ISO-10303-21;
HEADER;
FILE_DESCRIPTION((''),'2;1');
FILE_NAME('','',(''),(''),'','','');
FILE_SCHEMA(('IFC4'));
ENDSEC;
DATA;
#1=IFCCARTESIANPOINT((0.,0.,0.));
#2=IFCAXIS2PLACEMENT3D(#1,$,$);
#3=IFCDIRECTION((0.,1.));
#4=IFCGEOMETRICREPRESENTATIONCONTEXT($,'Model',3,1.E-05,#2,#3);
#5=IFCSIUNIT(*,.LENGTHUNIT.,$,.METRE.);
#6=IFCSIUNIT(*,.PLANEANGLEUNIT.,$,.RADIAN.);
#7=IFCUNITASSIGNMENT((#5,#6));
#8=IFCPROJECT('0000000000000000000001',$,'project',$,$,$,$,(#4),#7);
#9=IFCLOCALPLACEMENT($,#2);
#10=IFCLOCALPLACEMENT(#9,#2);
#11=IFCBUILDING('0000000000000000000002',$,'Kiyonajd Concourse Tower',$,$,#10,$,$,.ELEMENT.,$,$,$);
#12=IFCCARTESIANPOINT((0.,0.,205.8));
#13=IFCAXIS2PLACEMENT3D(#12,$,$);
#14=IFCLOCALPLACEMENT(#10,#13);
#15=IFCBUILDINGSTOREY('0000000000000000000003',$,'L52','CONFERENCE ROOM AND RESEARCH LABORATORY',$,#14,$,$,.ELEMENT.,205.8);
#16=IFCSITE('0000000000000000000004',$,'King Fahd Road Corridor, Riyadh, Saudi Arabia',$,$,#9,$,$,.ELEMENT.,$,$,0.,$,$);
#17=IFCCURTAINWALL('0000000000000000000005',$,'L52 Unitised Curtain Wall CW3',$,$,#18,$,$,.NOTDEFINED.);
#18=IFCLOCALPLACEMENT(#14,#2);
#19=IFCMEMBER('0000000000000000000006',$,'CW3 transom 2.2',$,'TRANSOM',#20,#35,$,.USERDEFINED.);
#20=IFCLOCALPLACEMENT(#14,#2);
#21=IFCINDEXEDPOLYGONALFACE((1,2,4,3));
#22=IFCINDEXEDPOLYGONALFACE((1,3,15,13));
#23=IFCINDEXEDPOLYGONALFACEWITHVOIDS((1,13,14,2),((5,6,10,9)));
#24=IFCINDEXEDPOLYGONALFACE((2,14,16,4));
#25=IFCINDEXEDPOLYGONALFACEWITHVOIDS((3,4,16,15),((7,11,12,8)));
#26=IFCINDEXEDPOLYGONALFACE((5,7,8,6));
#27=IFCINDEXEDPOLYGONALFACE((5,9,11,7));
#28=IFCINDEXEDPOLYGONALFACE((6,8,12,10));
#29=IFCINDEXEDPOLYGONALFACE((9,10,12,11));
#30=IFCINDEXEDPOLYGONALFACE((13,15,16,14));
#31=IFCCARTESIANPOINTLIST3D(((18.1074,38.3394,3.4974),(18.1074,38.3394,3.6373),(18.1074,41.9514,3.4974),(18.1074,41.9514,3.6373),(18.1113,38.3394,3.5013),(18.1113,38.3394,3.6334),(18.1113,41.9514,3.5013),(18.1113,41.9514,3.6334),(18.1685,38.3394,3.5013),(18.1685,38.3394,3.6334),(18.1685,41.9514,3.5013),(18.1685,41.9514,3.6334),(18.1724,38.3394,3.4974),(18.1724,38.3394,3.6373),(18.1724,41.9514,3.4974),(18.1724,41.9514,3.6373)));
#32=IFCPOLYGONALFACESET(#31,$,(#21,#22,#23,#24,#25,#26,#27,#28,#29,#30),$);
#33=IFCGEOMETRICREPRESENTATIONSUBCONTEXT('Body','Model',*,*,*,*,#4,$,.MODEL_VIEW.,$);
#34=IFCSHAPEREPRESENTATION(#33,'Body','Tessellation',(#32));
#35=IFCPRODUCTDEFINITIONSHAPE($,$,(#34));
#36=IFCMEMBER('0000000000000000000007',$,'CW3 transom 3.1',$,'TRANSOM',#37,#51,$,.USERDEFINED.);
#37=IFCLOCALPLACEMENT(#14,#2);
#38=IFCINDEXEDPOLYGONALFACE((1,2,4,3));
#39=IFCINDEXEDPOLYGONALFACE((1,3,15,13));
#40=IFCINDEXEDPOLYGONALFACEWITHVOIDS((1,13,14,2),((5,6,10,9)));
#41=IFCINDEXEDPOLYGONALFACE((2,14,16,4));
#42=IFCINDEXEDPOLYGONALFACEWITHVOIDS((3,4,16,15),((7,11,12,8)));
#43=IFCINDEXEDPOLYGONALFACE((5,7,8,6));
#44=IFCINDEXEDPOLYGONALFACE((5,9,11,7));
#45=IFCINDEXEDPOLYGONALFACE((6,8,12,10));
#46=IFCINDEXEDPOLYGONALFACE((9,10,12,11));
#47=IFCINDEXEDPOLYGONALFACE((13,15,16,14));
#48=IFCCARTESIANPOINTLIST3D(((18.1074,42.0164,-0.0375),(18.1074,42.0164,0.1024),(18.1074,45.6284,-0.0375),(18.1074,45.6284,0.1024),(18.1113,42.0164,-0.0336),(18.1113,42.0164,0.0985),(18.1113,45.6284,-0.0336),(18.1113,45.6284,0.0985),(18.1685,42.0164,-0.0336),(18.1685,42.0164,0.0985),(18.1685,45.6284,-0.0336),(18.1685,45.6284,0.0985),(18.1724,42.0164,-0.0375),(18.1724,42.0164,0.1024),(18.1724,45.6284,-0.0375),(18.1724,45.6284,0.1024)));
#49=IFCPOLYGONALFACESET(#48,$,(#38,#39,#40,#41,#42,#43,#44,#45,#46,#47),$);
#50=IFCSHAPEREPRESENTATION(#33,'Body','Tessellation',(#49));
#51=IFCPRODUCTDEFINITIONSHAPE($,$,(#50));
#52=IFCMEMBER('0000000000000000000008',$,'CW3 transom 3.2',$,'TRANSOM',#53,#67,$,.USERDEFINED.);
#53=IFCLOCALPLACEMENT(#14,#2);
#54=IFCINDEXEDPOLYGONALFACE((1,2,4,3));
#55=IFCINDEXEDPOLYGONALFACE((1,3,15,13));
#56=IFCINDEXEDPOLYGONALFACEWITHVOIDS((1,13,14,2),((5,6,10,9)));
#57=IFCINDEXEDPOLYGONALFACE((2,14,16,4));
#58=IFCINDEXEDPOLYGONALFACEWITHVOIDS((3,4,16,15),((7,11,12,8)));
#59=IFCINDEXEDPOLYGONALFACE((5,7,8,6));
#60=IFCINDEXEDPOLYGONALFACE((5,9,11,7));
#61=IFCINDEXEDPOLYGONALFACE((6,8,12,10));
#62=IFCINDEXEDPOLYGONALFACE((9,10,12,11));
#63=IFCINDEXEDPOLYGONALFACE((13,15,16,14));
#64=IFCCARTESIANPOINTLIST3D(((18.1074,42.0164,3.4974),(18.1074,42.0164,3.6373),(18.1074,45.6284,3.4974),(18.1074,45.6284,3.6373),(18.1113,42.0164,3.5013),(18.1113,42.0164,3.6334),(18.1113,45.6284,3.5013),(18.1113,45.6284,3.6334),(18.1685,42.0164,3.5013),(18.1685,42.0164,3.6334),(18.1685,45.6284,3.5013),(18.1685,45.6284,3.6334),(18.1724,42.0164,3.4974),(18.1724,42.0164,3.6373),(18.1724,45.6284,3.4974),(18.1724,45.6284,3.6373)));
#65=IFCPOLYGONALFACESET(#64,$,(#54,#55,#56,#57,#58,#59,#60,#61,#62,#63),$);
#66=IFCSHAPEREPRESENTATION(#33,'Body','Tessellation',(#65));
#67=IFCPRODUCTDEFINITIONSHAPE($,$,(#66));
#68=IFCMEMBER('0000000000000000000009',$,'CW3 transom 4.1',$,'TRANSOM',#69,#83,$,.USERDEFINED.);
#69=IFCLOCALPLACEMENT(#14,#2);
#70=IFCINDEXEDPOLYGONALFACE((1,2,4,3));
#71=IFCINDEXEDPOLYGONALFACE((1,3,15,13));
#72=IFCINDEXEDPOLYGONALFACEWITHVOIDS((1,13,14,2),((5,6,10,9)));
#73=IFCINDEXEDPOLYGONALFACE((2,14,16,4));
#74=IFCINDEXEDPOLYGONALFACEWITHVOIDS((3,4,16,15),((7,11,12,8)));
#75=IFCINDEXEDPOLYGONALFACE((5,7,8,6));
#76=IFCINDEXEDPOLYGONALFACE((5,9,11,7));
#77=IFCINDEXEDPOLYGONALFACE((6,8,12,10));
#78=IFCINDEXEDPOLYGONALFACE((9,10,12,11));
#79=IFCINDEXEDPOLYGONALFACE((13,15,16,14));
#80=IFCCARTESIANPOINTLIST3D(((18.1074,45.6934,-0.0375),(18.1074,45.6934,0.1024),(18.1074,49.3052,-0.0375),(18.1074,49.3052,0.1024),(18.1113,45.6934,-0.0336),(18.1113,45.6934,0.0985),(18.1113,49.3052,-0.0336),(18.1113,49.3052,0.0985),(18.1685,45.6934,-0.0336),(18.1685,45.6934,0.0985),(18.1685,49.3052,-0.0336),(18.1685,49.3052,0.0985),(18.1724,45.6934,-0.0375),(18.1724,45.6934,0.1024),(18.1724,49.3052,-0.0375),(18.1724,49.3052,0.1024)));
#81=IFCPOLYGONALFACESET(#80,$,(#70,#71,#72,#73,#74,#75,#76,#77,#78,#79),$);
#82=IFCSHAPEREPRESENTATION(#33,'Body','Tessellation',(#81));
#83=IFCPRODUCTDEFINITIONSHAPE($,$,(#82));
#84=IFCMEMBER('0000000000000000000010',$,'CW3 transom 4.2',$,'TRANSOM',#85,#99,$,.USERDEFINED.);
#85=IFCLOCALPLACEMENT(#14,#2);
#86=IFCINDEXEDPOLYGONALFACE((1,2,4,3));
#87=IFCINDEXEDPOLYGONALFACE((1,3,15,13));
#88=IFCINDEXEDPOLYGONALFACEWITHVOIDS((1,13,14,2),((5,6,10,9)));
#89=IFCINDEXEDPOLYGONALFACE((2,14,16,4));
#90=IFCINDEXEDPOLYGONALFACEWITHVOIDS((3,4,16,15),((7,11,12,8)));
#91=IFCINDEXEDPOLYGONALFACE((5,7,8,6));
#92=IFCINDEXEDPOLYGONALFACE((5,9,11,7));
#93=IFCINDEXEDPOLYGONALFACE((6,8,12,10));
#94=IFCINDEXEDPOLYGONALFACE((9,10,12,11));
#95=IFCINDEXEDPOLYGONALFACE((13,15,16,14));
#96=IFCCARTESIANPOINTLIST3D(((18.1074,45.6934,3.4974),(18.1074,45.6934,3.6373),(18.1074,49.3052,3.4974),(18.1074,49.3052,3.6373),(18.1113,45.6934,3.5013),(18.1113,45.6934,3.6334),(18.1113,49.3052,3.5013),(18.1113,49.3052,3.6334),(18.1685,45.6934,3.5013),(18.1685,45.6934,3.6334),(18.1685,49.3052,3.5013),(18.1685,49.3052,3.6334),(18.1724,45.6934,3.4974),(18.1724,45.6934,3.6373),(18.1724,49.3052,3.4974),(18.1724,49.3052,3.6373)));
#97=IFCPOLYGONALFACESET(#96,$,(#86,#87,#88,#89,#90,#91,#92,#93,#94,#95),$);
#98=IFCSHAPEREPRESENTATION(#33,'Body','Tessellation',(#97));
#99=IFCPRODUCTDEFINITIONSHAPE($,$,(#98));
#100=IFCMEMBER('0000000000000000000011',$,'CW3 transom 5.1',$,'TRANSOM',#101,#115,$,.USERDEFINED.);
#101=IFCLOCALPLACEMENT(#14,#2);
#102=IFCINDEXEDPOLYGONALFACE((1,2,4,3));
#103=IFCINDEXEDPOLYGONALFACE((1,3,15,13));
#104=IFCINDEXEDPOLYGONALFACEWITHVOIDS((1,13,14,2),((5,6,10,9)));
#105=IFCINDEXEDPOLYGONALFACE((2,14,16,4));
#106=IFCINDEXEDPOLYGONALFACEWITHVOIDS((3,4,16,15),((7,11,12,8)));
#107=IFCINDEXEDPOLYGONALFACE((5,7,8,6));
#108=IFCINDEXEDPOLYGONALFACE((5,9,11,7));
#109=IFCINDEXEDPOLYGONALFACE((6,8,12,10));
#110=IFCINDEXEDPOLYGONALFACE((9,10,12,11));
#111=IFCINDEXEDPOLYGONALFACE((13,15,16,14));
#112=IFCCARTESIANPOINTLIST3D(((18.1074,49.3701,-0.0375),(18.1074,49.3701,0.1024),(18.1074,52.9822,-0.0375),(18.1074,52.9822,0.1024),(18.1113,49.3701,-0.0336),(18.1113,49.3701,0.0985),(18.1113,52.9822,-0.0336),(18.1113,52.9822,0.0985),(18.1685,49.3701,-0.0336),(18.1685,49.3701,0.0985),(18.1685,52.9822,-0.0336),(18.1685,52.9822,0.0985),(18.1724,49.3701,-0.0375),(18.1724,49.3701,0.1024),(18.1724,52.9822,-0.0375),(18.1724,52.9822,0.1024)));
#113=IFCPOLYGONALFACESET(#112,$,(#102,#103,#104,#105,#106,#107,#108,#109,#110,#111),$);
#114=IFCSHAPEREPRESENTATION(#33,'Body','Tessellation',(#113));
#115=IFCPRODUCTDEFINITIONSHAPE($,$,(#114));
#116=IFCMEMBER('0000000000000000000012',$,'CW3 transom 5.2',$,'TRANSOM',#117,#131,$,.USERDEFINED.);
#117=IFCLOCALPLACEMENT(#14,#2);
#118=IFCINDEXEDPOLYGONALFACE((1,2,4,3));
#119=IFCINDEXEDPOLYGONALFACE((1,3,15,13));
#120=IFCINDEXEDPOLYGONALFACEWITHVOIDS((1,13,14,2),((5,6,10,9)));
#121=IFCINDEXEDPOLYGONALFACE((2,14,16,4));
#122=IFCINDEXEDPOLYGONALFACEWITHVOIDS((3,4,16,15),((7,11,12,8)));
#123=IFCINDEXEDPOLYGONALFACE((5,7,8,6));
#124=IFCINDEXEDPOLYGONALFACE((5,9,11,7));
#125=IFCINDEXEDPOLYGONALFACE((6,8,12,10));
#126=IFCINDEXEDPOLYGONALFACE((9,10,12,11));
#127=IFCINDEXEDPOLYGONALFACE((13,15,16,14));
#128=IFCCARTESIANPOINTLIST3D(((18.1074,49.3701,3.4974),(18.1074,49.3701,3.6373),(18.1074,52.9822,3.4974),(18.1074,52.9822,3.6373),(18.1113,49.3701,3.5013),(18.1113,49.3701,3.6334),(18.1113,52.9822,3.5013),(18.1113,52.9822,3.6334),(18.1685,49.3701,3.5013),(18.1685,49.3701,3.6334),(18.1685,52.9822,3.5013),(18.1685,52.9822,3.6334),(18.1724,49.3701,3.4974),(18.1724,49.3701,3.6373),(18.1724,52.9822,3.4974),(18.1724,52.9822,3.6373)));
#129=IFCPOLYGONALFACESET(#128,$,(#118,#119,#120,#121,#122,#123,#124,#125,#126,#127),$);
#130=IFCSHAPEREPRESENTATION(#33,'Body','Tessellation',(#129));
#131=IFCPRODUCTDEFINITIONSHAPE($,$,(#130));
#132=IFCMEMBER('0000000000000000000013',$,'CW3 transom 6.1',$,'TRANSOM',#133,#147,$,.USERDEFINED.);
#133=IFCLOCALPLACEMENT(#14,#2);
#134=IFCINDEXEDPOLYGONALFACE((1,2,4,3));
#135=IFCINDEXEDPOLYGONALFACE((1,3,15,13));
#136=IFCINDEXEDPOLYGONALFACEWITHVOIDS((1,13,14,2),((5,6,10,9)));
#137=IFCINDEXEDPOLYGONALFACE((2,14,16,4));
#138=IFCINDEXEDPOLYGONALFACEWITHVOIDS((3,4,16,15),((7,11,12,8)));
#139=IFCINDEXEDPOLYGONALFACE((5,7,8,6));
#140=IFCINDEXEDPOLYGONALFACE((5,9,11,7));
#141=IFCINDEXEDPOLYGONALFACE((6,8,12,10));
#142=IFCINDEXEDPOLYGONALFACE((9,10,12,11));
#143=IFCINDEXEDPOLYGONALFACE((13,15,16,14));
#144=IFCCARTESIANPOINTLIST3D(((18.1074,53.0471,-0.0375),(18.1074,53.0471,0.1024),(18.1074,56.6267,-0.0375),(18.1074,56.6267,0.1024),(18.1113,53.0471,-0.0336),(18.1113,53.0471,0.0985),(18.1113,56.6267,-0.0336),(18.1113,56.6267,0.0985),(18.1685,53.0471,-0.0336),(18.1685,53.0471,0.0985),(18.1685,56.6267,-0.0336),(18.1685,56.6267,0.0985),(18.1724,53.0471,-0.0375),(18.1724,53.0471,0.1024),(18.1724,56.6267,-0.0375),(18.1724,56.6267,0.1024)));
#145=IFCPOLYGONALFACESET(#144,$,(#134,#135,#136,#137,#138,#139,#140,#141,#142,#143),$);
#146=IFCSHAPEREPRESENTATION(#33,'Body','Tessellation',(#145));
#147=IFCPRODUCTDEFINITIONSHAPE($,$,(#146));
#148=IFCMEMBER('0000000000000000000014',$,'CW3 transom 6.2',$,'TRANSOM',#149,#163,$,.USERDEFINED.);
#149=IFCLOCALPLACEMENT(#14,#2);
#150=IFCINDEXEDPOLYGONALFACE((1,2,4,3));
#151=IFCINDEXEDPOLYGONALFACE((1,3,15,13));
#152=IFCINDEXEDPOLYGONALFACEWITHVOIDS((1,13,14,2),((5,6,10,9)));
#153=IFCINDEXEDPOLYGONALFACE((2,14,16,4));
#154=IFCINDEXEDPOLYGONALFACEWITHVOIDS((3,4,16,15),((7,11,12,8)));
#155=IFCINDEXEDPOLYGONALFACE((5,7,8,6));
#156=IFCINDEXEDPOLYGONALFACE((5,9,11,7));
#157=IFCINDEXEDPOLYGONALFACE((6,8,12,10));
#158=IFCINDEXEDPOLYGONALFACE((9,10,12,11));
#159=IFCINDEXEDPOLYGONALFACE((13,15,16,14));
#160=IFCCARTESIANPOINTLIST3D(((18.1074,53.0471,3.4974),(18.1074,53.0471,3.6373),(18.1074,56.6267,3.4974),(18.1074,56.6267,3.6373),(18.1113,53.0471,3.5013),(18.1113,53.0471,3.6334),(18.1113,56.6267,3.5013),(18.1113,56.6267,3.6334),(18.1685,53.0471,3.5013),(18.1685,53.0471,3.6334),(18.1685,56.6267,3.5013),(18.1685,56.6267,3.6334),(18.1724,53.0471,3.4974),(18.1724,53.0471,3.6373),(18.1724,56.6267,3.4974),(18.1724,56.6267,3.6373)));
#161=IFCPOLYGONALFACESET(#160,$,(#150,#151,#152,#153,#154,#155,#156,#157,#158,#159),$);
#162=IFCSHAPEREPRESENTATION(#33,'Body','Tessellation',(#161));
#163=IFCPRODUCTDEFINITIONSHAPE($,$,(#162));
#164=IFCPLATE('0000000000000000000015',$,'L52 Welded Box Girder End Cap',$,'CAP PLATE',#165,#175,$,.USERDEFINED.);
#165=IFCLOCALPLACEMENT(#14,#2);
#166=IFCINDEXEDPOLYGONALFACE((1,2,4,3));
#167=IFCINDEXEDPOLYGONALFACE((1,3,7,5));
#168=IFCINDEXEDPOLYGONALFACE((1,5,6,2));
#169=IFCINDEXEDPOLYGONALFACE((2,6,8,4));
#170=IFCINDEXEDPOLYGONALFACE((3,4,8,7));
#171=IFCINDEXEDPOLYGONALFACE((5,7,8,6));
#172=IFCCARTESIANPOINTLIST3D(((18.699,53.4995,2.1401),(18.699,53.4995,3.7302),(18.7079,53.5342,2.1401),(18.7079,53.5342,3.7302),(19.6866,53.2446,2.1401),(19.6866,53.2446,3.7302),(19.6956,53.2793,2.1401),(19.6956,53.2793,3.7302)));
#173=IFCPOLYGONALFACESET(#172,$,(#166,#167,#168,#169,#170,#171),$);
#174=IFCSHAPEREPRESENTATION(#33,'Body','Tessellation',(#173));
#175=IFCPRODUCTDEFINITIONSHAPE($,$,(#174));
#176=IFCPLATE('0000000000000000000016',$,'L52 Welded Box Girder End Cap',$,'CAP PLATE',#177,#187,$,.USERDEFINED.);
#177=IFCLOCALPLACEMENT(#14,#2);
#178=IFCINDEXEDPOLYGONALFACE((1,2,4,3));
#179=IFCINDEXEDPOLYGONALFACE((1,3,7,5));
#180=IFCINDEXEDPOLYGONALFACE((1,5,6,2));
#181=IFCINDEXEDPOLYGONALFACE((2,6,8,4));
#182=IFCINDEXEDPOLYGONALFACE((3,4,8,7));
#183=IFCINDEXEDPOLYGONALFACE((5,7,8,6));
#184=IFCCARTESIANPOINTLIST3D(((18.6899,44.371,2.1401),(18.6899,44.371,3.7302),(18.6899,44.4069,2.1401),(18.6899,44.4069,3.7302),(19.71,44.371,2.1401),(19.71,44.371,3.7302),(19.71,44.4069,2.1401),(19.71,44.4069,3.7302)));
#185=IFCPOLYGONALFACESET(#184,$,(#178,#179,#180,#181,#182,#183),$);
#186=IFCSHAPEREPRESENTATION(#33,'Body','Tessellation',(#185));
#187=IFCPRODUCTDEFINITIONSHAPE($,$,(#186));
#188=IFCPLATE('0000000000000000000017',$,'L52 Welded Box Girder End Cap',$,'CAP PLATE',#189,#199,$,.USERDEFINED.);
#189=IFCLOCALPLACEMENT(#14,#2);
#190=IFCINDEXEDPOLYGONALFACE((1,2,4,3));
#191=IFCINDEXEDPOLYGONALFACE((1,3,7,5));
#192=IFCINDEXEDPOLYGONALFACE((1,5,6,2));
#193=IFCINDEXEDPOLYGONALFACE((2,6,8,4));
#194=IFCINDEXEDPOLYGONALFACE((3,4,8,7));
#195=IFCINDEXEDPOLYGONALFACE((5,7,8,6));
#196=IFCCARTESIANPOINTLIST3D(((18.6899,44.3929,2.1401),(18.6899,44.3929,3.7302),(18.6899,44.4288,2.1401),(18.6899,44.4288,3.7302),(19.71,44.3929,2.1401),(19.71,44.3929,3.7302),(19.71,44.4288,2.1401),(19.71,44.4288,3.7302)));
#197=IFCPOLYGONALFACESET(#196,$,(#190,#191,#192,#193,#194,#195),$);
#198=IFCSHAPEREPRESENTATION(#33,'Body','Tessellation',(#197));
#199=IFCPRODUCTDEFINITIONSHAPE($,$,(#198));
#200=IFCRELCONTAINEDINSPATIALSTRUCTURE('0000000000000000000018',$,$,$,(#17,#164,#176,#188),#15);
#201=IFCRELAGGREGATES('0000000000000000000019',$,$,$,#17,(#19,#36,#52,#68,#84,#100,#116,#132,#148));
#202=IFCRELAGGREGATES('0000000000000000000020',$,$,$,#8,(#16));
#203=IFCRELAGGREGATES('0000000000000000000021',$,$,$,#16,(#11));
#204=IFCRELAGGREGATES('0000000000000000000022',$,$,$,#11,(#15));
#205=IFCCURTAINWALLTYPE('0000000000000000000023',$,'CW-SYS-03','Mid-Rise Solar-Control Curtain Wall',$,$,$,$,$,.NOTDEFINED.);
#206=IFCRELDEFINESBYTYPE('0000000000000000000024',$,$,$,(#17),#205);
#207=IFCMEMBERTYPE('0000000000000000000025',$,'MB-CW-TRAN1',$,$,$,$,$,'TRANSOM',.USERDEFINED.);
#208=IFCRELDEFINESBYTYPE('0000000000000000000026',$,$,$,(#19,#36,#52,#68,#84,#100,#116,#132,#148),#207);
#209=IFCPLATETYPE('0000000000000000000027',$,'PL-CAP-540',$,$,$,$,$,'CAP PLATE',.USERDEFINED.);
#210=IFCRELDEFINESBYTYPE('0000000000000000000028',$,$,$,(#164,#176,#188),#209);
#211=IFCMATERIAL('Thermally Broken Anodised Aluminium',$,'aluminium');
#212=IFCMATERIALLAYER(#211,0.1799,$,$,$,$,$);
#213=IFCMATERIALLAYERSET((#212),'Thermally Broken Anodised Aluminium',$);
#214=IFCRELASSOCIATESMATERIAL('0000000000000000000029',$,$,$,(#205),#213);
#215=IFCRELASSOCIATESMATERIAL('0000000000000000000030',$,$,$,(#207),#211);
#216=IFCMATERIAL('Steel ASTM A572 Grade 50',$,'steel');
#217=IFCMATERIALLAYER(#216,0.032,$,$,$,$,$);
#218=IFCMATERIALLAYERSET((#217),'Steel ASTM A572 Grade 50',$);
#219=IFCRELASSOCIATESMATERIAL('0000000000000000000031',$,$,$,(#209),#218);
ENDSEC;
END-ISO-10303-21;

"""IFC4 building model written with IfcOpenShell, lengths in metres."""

from ifc_helpers import new_model, si_unit, direction, frame, origin, origin_2d, place, context, subcontext, project, spatial, rectangle, hollow_rectangle, extrude, material, layer, layer_set, material_profile, profile_set, type_object, element, aggregate, save


model = new_model("IFC4")

# Units and contexts
model_context = context("Model", 3, precision=1e-05, world=origin(), true_north=direction((0.0, 1.0)))
body_context = subcontext(model_context, "Body", "Model", "MODEL_VIEW")
ifc_project = project(units=[si_unit("LENGTHUNIT", "METRE"), si_unit("PLANEANGLEUNIT", "RADIAN")], contexts=[model_context])

# Site, building, storey
site_placement = place(None, origin())
site = spatial("IfcSite", under=ifc_project, at=site_placement, Name="King Fahd Road Corridor, Riyadh, Saudi Arabia", CompositionType="ELEMENT", RefElevation=0.0)
building_placement = place(site_placement, origin())
building = spatial("IfcBuilding", under=site, at=building_placement, Name="Kiyonajd Concourse Tower", CompositionType="ELEMENT")
storey_placement = place(building_placement, frame((0.0, 0.0, 205.8)))
storey = spatial("IfcBuildingStorey", under=building, at=storey_placement, Name="L52", Description="CONFERENCE ROOM AND RESEARCH LABORATORY", CompositionType="ELEMENT", Elevation=205.8)

# Shared definitions
ifc_material_1 = material(Name="Steel ASTM A572 Grade 50", Category="steel")

# Curtain wall, members
ifc_material_2 = material(Name="Thermally Broken Anodised Aluminium", Category="aluminium")
ifc_layer_1 = layer(ifc_material_2, 0.1799)
ifc_layer_set_1 = layer_set([ifc_layer_1], Name="Thermally Broken Anodised Aluminium")
curtain_wall_type = type_object("IfcCurtainWallType", Name="CW-SYS-03", Description="Mid-Rise Solar-Control Curtain Wall", PredefinedType="NOTDEFINED", material=ifc_layer_set_1)
curtain_wall_placement = place(storey_placement, origin())
curtain_wall = element("IfcCurtainWall", 1, at=curtain_wall_placement, inside=storey, type_object=curtain_wall_type, Name="L52 Unitised Curtain Wall CW3", PredefinedType="NOTDEFINED")
ifc_material_profile_1 = material_profile(ifc_material_2, hollow_rectangle(XDim=0.0649, YDim=0.1399, WallThickness=0.0039, at=origin_2d()), Name="TRAN-65x140")
ifc_profile_set_1 = profile_set([ifc_material_profile_1], Name="Thermally Broken Anodised Aluminium")
member_type_1 = type_object("IfcMemberType", Name="MB-CW-TRAN1", ElementType="TRANSOM", PredefinedType="USERDEFINED", material=ifc_profile_set_1)
member_1_placement = place(storey_placement, frame((18.1399, 38.3394, 3.5674), z_axis=(0.0, 1.0, 0.0), x_axis=(-1.0, 0.0, 0.0)))
member_1 = element("IfcMember", 2, at=member_1_placement, type_object=member_type_1, Name="CW3 transom 2.2", ObjectType="TRANSOM", PredefinedType="USERDEFINED", context=body_context, shape_type="SweptSolid", body=[
    extrude(hollow_rectangle(XDim=0.0649, YDim=0.1399, WallThickness=0.0039, at=origin_2d()), origin(), (0.0, 0.0, 1.0), 3.6121),
])
member_2_placement = place(storey_placement, frame((18.1399, 42.0164, 0.0325), z_axis=(0.0, 1.0, 0.0), x_axis=(-1.0, 0.0, 0.0)))
member_2 = element("IfcMember", 3, at=member_2_placement, type_object=member_type_1, Name="CW3 transom 3.1", ObjectType="TRANSOM", PredefinedType="USERDEFINED", context=body_context, shape_type="SweptSolid", body=[
    extrude(hollow_rectangle(XDim=0.0649, YDim=0.1399, WallThickness=0.0039, at=origin_2d()), origin(), (0.0, 0.0, 1.0), 3.6121),
])
member_3_placement = place(storey_placement, frame((18.1399, 42.0164, 3.5674), z_axis=(0.0, 1.0, 0.0), x_axis=(-1.0, 0.0, 0.0)))
member_3 = element("IfcMember", 4, at=member_3_placement, type_object=member_type_1, Name="CW3 transom 3.2", ObjectType="TRANSOM", PredefinedType="USERDEFINED", context=body_context, shape_type="SweptSolid", body=[
    extrude(hollow_rectangle(XDim=0.0649, YDim=0.1399, WallThickness=0.0039, at=origin_2d()), origin(), (0.0, 0.0, 1.0), 3.6121),
])
member_4_placement = place(storey_placement, frame((18.1399, 45.6934, 0.0325), z_axis=(0.0, 1.0, 0.0), x_axis=(-1.0, 0.0, 0.0)))
member_4 = element("IfcMember", 5, at=member_4_placement, type_object=member_type_1, Name="CW3 transom 4.1", ObjectType="TRANSOM", PredefinedType="USERDEFINED", context=body_context, shape_type="SweptSolid", body=[
    extrude(hollow_rectangle(XDim=0.0649, YDim=0.1399, WallThickness=0.0039, at=origin_2d()), origin(), (0.0, 0.0, 1.0), 3.6118),
])
member_5_placement = place(storey_placement, frame((18.1399, 45.6934, 3.5674), z_axis=(0.0, 1.0, 0.0), x_axis=(-1.0, 0.0, 0.0)))
member_5 = element("IfcMember", 6, at=member_5_placement, type_object=member_type_1, Name="CW3 transom 4.2", ObjectType="TRANSOM", PredefinedType="USERDEFINED", context=body_context, shape_type="SweptSolid", body=[
    extrude(hollow_rectangle(XDim=0.0649, YDim=0.1399, WallThickness=0.0039, at=origin_2d()), origin(), (0.0, 0.0, 1.0), 3.6118),
])
member_6_placement = place(storey_placement, frame((18.1399, 49.3701, 0.0325), z_axis=(0.0, 1.0, 0.0), x_axis=(-1.0, 0.0, 0.0)))
member_6 = element("IfcMember", 7, at=member_6_placement, type_object=member_type_1, Name="CW3 transom 5.1", ObjectType="TRANSOM", PredefinedType="USERDEFINED", context=body_context, shape_type="SweptSolid", body=[
    extrude(hollow_rectangle(XDim=0.0649, YDim=0.1399, WallThickness=0.0039, at=origin_2d()), origin(), (0.0, 0.0, 1.0), 3.6121),
])
member_7_placement = place(storey_placement, frame((18.1399, 49.3701, 3.5674), z_axis=(0.0, 1.0, 0.0), x_axis=(-1.0, 0.0, 0.0)))
member_7 = element("IfcMember", 8, at=member_7_placement, type_object=member_type_1, Name="CW3 transom 5.2", ObjectType="TRANSOM", PredefinedType="USERDEFINED", context=body_context, shape_type="SweptSolid", body=[
    extrude(hollow_rectangle(XDim=0.0649, YDim=0.1399, WallThickness=0.0039, at=origin_2d()), origin(), (0.0, 0.0, 1.0), 3.6121),
])
member_8_placement = place(storey_placement, frame((18.1399, 53.0471, 0.0325), z_axis=(0.0, 1.0, 0.0), x_axis=(-1.0, 0.0, 0.0)))
member_8 = element("IfcMember", 9, at=member_8_placement, type_object=member_type_1, Name="CW3 transom 6.1", ObjectType="TRANSOM", PredefinedType="USERDEFINED", context=body_context, shape_type="SweptSolid", body=[
    extrude(hollow_rectangle(XDim=0.0649, YDim=0.1399, WallThickness=0.0039, at=origin_2d()), origin(), (0.0, 0.0, 1.0), 3.5796),
])
member_9_placement = place(storey_placement, frame((18.1399, 53.0471, 3.5674), z_axis=(0.0, 1.0, 0.0), x_axis=(-1.0, 0.0, 0.0)))
member_9 = element("IfcMember", 10, at=member_9_placement, type_object=member_type_1, Name="CW3 transom 6.2", ObjectType="TRANSOM", PredefinedType="USERDEFINED", context=body_context, shape_type="SweptSolid", body=[
    extrude(hollow_rectangle(XDim=0.0649, YDim=0.1399, WallThickness=0.0039, at=origin_2d()), origin(), (0.0, 0.0, 1.0), 3.5796),
])

# Plates
ifc_layer_2 = layer(ifc_material_1, 0.032)
ifc_layer_set_2 = layer_set([ifc_layer_2], Name="Steel ASTM A572 Grade 50")
plate_type_1 = type_object("IfcPlateType", Name="PL-CAP-540", ElementType="CAP PLATE", PredefinedType="USERDEFINED", material=ifc_layer_set_2)
for number, where, z_axis, x_axis, name in (
    (11, (19.1973, 53.3894, 2.1401), (0.0, 0.0, 1.0), (-0.249873, -0.968279, 0.0), "L52 Welded Box Girder End Cap"),
    (12, (19.2, 44.3889, 2.1401), (0.0, 0.0, 1.0), (0.0, -1.0, 0.0), "L52 Welded Box Girder End Cap"),
    (13, (19.2, 44.4109, 2.1401), (0.0, 0.0, 1.0), (0.0, 1.0, 0.0), "L52 Welded Box Girder End Cap"),
):
    element("IfcPlate", number, at=place(storey_placement, frame(where, z_axis=z_axis, x_axis=x_axis)), inside=storey, type_object=plate_type_1, Name=name, ObjectType="CAP PLATE", PredefinedType="USERDEFINED", context=body_context, shape_type="SweptSolid", body=[
        extrude(rectangle(XDim=0.0359, YDim=1.02, at=origin_2d()), origin(), (0.0, 0.0, 1.0), 1.5901),
    ])

aggregate(curtain_wall, [member_1, member_2, member_3, member_4, member_5, member_6, member_7, member_8, member_9])

save(model, "model.ifc")
